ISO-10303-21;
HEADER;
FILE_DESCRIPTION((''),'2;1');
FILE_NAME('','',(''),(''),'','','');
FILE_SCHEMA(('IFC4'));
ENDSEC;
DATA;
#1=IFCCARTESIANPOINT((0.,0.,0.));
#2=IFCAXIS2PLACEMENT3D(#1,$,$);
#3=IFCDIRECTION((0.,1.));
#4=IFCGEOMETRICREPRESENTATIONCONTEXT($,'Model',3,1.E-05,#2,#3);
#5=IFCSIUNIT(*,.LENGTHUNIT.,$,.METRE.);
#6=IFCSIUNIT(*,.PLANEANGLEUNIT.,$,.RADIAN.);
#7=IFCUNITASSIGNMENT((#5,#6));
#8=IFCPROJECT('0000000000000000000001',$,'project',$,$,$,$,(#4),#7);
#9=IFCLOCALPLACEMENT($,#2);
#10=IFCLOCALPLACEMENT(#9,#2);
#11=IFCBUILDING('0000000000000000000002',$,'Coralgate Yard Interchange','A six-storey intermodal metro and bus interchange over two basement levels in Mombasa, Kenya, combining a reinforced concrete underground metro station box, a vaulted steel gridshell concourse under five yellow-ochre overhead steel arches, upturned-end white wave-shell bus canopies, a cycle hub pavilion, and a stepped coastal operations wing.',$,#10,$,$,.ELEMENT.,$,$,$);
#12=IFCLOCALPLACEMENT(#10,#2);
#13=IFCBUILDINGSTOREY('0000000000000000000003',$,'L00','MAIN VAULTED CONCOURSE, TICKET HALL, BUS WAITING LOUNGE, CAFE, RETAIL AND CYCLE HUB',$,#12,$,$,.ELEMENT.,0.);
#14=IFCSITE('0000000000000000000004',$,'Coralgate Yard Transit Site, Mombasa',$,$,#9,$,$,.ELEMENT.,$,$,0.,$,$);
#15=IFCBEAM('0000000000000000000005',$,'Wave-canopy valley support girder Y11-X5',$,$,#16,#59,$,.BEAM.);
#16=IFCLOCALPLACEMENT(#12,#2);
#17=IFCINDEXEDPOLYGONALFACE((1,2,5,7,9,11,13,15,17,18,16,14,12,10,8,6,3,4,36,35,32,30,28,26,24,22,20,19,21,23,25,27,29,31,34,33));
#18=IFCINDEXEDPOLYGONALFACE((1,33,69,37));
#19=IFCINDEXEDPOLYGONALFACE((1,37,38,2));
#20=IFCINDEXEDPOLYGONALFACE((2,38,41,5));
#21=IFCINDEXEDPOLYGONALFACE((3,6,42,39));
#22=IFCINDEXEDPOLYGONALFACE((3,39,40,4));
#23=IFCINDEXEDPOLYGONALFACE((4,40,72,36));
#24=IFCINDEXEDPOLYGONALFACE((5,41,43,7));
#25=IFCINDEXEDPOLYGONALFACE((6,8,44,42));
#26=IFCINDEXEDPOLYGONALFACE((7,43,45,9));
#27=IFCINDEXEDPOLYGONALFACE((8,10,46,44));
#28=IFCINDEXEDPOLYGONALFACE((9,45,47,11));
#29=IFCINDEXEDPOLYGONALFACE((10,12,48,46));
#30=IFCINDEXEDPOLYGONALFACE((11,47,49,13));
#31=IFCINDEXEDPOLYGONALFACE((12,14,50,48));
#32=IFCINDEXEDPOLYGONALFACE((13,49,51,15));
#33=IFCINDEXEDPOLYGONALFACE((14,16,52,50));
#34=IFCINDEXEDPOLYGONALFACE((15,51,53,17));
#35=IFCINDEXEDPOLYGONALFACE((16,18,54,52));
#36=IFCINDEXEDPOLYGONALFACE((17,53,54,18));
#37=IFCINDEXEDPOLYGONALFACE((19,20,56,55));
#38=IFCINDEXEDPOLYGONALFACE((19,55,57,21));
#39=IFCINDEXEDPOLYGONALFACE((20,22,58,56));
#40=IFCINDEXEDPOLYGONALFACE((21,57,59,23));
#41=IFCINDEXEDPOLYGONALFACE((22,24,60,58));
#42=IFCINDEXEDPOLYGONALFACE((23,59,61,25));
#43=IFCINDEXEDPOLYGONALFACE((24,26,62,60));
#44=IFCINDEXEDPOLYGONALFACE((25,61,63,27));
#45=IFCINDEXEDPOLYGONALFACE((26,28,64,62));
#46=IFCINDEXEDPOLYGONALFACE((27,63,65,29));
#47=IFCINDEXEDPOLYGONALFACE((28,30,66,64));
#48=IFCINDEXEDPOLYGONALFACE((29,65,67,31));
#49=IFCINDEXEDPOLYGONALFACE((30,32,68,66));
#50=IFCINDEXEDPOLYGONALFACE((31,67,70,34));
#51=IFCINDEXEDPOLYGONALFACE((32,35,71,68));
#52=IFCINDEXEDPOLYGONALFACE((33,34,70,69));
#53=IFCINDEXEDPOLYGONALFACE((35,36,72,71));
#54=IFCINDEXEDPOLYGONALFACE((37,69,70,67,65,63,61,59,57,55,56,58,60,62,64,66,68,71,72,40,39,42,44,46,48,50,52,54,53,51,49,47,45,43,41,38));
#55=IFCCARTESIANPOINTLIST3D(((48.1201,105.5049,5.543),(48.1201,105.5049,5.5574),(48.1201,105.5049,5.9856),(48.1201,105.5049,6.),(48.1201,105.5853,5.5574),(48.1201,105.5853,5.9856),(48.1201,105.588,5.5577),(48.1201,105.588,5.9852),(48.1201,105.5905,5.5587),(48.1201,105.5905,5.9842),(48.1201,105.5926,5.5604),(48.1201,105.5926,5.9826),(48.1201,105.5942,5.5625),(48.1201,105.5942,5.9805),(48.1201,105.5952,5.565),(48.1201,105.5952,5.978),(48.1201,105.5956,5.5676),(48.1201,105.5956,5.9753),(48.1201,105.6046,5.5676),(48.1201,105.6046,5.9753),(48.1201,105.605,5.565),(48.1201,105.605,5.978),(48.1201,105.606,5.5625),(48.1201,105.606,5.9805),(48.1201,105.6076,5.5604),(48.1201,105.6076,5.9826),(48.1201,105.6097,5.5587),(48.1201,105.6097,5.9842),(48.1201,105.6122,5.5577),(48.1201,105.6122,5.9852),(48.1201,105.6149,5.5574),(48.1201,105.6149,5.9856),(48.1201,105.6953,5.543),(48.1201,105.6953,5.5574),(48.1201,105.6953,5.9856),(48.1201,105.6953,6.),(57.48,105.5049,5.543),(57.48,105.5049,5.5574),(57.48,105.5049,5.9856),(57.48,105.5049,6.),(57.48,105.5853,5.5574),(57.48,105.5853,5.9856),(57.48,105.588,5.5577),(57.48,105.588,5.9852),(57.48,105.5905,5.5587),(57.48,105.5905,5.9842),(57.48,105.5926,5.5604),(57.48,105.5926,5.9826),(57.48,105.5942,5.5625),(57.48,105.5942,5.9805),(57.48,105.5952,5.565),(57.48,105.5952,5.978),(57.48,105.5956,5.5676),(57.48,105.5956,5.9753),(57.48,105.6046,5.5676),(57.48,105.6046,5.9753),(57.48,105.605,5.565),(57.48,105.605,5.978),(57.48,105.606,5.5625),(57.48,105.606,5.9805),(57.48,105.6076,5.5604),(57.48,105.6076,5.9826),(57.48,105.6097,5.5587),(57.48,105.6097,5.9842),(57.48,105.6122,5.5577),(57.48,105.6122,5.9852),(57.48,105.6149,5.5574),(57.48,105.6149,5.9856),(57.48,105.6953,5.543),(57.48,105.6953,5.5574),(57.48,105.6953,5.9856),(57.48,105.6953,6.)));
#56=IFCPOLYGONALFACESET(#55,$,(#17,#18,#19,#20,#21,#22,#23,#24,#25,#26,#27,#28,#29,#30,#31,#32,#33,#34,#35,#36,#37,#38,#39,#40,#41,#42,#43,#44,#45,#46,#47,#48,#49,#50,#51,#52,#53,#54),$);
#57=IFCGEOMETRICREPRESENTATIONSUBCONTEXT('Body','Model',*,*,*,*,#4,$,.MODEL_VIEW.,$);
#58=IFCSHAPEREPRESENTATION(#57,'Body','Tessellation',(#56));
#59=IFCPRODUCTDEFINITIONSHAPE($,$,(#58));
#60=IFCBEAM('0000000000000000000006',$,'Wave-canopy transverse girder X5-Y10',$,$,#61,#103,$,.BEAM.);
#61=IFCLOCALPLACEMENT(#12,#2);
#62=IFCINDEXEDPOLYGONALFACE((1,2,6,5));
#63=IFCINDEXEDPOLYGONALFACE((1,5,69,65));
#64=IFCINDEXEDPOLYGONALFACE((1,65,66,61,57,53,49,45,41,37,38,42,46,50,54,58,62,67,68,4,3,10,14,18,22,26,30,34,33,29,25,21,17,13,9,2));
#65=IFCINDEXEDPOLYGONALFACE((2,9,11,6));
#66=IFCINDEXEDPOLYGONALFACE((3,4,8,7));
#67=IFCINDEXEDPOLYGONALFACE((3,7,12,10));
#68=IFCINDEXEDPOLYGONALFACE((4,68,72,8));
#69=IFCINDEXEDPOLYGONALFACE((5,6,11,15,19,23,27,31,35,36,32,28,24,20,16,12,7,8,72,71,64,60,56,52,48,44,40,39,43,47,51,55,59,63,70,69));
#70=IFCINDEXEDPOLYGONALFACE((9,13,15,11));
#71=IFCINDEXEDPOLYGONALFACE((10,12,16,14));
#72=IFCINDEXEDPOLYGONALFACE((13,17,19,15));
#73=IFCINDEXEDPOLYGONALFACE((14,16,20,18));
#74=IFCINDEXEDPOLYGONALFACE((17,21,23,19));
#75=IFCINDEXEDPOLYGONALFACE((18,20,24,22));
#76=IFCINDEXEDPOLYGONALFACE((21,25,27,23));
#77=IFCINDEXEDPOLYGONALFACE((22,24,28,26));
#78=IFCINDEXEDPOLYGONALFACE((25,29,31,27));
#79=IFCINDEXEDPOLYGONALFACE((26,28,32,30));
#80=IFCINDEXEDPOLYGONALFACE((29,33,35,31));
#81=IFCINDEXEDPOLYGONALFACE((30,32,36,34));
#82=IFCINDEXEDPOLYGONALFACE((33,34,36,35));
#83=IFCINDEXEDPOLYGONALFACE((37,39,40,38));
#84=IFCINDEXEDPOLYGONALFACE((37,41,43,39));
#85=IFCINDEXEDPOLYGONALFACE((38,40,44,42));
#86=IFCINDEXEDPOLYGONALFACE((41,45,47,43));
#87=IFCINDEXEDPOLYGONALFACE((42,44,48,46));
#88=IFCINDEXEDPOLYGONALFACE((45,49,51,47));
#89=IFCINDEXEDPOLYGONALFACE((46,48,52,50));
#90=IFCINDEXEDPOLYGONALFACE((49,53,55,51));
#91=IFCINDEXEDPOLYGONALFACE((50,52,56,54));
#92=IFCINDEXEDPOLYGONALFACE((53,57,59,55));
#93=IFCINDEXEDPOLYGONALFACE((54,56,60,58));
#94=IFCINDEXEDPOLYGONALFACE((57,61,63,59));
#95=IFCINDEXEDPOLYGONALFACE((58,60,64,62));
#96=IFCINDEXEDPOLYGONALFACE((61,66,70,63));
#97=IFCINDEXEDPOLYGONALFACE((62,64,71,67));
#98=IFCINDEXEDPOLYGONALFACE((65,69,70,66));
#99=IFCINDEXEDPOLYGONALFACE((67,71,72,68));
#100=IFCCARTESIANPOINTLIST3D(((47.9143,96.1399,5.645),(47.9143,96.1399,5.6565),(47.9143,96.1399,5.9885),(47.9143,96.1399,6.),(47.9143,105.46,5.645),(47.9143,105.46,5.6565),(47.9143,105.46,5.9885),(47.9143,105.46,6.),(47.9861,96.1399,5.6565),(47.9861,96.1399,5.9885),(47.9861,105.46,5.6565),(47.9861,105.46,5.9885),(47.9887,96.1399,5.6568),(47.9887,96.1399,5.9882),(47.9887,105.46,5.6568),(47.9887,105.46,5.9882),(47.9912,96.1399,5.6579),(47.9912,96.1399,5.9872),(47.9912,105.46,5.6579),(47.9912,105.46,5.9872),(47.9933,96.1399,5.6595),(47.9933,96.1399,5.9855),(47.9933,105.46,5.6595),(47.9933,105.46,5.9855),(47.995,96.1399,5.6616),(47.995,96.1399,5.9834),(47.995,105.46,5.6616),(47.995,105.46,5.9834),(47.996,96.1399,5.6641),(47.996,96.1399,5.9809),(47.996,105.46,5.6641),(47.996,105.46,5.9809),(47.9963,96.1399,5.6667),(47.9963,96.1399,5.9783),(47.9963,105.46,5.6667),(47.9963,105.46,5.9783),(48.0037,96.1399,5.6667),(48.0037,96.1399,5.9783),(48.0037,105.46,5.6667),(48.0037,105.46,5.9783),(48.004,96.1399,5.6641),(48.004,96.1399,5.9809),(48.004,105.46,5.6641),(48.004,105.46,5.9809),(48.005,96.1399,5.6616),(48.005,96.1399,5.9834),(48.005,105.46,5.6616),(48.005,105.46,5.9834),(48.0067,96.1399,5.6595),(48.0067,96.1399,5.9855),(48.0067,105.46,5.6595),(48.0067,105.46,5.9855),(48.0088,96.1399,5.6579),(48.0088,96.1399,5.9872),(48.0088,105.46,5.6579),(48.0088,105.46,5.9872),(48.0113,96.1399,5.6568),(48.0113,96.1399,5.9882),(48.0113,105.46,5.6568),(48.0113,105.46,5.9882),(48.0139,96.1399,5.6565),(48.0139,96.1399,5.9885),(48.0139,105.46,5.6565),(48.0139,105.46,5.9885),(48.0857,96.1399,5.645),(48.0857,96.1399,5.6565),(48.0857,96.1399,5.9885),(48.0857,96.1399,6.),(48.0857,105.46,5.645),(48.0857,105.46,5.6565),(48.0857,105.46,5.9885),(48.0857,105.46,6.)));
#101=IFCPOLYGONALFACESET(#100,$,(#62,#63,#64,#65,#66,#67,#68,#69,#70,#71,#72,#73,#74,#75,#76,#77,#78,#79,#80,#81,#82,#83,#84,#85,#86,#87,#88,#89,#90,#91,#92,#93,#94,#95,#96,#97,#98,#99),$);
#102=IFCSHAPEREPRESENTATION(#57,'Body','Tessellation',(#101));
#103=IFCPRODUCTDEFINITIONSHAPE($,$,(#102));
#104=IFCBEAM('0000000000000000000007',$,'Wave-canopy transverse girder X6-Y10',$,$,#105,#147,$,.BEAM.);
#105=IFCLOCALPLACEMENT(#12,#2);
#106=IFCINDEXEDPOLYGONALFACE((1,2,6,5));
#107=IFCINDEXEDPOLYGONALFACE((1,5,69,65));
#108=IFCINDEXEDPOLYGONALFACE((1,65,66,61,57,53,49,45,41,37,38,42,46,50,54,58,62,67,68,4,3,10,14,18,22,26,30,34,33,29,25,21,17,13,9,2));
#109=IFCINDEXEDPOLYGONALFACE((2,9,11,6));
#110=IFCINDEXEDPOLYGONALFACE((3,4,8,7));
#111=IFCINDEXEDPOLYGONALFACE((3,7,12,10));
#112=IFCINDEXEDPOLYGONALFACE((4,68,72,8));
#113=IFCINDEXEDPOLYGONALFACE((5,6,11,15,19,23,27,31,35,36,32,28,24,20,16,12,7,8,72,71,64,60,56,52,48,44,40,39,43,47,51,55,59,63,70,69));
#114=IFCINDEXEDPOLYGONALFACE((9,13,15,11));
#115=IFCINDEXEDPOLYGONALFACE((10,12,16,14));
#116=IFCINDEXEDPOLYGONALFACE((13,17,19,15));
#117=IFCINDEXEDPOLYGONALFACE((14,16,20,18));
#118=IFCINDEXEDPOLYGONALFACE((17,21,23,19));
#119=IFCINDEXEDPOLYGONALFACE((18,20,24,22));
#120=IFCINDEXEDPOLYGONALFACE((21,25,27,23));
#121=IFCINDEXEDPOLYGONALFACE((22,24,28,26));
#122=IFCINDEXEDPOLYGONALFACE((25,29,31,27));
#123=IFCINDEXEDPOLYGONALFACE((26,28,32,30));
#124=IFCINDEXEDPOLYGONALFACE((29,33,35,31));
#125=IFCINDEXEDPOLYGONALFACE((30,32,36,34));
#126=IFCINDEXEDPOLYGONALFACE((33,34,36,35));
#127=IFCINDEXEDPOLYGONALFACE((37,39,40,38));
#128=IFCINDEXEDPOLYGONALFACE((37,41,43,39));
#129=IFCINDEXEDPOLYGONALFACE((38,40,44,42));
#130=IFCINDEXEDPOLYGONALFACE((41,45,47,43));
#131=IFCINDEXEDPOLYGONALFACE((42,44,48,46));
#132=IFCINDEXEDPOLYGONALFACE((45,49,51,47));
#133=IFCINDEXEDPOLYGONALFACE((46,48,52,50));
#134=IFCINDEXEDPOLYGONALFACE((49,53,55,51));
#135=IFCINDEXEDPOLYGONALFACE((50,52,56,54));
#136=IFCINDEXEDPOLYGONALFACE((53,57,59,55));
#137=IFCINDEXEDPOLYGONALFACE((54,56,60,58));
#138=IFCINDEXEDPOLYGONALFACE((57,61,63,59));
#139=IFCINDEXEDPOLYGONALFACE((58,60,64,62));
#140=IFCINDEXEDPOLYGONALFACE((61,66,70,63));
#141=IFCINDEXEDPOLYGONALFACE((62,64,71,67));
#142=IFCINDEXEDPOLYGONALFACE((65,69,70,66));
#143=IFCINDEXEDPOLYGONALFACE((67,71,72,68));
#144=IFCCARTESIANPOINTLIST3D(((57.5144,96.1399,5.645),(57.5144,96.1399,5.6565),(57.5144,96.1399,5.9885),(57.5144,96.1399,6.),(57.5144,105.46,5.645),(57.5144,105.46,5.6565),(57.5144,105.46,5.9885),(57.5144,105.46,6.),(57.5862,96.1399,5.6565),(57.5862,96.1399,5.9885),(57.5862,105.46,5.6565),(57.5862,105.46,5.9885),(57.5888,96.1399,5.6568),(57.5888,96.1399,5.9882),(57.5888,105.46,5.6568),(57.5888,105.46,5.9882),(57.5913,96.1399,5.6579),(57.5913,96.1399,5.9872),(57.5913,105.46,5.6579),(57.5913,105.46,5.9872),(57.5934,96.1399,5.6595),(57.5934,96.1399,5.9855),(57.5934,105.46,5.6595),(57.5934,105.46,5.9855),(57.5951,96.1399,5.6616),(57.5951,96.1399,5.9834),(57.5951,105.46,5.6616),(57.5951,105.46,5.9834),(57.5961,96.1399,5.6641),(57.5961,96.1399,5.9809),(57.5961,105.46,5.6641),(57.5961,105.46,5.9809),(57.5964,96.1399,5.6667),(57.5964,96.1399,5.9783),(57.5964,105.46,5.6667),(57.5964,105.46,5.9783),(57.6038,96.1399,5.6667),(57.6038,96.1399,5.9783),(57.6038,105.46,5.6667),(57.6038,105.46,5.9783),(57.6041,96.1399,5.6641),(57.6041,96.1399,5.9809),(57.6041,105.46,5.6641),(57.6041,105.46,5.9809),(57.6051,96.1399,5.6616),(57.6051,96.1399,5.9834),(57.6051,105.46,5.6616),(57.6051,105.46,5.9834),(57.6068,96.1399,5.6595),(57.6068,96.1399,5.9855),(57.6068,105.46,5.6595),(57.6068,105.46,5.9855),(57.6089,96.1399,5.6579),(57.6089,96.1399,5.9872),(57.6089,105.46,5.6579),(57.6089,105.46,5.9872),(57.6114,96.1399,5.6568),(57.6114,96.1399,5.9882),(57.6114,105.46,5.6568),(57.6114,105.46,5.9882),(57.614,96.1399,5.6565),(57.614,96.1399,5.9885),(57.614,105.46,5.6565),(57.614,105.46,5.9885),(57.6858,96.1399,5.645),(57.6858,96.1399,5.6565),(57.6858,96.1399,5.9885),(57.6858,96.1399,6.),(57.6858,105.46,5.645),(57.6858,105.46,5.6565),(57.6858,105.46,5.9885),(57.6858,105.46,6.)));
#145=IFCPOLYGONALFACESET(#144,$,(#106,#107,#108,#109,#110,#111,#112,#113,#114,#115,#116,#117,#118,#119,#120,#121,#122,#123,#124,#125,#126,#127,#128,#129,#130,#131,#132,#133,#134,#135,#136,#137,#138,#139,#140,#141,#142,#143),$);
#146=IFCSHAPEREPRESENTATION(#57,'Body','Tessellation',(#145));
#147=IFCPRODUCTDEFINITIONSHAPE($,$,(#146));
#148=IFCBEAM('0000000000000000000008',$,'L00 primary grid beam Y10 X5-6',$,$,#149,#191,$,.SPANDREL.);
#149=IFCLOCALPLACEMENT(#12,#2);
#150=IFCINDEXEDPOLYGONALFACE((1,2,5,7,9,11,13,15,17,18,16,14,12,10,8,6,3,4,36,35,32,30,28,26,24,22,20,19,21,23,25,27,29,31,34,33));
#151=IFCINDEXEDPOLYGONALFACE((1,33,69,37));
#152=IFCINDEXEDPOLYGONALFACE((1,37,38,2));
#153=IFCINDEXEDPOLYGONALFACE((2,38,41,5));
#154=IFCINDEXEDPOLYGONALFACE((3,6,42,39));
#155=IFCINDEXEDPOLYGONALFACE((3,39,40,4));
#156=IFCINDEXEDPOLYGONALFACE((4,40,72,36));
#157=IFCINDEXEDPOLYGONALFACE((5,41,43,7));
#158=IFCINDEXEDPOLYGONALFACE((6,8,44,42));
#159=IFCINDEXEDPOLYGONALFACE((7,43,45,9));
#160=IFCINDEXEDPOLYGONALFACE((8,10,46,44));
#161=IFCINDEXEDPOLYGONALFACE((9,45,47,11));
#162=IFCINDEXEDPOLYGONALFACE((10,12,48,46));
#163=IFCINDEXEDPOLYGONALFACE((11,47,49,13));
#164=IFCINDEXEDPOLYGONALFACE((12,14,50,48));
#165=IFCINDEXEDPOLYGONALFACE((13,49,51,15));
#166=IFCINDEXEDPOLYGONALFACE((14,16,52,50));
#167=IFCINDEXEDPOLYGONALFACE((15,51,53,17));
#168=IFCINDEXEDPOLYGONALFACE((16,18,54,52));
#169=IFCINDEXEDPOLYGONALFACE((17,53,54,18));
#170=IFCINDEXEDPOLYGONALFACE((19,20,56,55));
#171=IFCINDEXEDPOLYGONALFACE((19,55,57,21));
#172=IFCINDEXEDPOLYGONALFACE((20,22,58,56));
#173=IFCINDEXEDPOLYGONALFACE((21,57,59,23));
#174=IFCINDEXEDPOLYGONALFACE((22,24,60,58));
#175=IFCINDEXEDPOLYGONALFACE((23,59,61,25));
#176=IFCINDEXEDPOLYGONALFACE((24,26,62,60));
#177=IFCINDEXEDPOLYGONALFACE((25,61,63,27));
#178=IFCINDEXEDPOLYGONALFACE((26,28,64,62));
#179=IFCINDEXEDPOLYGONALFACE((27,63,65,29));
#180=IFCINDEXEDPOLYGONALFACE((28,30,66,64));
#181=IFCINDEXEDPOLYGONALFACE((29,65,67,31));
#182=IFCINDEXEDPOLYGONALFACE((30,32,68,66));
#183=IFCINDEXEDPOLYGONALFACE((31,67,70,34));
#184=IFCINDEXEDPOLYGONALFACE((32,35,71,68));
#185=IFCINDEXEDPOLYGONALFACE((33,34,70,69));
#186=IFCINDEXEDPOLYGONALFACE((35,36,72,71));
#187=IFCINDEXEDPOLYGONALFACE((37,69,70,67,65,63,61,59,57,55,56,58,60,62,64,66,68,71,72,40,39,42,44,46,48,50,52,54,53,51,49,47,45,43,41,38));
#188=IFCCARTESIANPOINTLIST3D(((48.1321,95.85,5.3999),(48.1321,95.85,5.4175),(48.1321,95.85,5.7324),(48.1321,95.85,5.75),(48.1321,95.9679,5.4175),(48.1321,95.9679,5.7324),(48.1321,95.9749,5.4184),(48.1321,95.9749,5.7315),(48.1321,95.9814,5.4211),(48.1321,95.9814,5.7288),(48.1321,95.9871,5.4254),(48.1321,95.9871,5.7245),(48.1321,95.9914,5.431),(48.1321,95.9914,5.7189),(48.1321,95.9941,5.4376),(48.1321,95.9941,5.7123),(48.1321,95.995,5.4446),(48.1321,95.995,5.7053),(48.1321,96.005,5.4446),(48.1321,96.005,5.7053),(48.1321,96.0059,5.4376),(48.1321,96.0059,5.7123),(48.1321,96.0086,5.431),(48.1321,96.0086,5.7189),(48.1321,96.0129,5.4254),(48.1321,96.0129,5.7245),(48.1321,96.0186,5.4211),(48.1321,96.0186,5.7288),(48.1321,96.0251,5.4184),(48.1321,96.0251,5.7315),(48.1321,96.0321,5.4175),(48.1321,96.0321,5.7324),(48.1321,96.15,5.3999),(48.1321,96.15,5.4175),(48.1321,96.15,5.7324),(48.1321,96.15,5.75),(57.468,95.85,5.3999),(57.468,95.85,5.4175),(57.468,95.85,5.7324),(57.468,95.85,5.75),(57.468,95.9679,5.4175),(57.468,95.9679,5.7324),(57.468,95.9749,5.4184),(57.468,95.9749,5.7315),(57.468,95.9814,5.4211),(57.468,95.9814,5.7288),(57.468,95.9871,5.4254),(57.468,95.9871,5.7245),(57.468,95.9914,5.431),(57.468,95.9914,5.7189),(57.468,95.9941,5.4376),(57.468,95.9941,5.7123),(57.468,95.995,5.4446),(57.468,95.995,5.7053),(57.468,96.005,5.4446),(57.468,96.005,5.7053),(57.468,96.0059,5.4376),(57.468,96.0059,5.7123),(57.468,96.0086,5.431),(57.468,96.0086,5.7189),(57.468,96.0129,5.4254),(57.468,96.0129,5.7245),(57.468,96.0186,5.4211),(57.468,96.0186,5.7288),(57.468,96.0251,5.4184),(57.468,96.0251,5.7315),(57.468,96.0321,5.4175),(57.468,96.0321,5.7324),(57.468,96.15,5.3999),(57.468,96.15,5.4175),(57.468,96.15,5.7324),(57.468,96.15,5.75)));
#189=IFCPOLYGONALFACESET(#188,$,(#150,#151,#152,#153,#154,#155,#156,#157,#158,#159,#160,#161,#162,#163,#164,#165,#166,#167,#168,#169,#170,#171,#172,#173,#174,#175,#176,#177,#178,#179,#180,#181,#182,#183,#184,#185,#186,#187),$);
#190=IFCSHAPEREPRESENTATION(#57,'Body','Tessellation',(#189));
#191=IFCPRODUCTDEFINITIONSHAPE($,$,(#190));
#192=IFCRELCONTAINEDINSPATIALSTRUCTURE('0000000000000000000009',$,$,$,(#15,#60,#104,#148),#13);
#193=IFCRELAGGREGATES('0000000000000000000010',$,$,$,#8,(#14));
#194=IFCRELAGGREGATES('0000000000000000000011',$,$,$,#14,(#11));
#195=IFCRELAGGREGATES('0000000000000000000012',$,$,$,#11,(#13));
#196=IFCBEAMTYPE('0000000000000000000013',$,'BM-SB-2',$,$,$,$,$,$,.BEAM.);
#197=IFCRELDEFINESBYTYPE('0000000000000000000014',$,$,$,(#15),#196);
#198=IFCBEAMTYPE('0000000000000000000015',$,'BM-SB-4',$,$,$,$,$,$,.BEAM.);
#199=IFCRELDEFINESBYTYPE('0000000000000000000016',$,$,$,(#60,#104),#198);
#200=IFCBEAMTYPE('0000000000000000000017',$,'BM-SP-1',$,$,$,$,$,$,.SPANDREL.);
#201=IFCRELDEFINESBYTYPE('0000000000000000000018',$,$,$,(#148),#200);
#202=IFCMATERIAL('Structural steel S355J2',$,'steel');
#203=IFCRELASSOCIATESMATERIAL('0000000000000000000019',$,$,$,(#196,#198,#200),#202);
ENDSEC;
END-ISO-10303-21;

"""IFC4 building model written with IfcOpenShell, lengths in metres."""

from ifc_helpers import new_model, si_unit, direction, frame, origin, origin_2d, place, context, subcontext, project, spatial, i_section, extrude, material, material_profile, profile_set, type_object, element, save


model = new_model("IFC4")

# Units and contexts
model_context = context("Model", 3, precision=1e-05, world=origin(), true_north=direction((0.0, 1.0)))
body_context = subcontext(model_context, "Body", "Model", "MODEL_VIEW")
ifc_project = project(units=[si_unit("LENGTHUNIT", "METRE"), si_unit("PLANEANGLEUNIT", "RADIAN")], contexts=[model_context])

# Site, building, storey
site_placement = place(None, origin())
site = spatial("IfcSite", under=ifc_project, at=site_placement, Name="Coralgate Yard Transit Site, Mombasa", CompositionType="ELEMENT", RefElevation=0.0)
building_placement = place(site_placement, origin())
building = spatial("IfcBuilding", under=site, at=building_placement, Name="Coralgate Yard Interchange", Description="A six-storey intermodal metro and bus interchange over two basement levels in Mombasa, Kenya, combining a reinforced concrete underground metro station box, a vaulted steel gridshell concourse under five yellow-ochre overhead steel arches, upturned-end white wave-shell bus canopies, a cycle hub pavilion, and a stepped coastal operations wing.", CompositionType="ELEMENT")
storey_placement = place(building_placement, origin())
storey = spatial("IfcBuildingStorey", under=building, at=storey_placement, Name="L00", Description="MAIN VAULTED CONCOURSE, TICKET HALL, BUS WAITING LOUNGE, CAFE, RETAIL AND CYCLE HUB", CompositionType="ELEMENT", Elevation=0.0)

# Shared definitions
ifc_material_1 = material(Name="Structural steel S355J2", Category="steel")

# Beams
ifc_material_profile_1 = material_profile(ifc_material_1, i_section(OverallWidth=0.1904, OverallDepth=0.457, WebThickness=0.009, FlangeThickness=0.0144, FilletRadius=0.0103, at=origin_2d()), Name="UB 457x191x74")
ifc_profile_set_1 = profile_set([ifc_material_profile_1], Name="Structural steel S355J2")
beam_type_1 = type_object("IfcBeamType", Name="BM-SB-2", PredefinedType="BEAM", material=ifc_profile_set_1)
beam_1_placement = place(storey_placement, frame((48.1201, 105.6001, 5.7715), z_axis=(1.0, 0.0, 0.0), x_axis=(0.0, 1.0, 0.0)))
element("IfcBeam", 1, at=beam_1_placement, inside=storey, type_object=beam_type_1, Name="Wave-canopy valley support girder Y11-X5", PredefinedType="BEAM", context=body_context, shape_type="SweptSolid", body=[
    extrude(i_section(OverallWidth=0.1904, OverallDepth=0.457, WebThickness=0.009, FlangeThickness=0.0144, FilletRadius=0.0103, at=origin_2d()), origin(), (0.0, 0.0, 1.0), 9.3599),
])
ifc_material_profile_2 = material_profile(ifc_material_1, i_section(OverallWidth=0.1714, OverallDepth=0.355, WebThickness=0.0073, FlangeThickness=0.0115, FilletRadius=0.0103, at=origin_2d()), Name="UB 356x171x51")
ifc_profile_set_2 = profile_set([ifc_material_profile_2], Name="Structural steel S355J2")
beam_type_2 = type_object("IfcBeamType", Name="BM-SB-4", PredefinedType="BEAM", material=ifc_profile_set_2)
for number, where, z_axis, x_axis, name in (
    (2, (48.0, 96.1399, 5.8225), (0.0, 1.0, 0.0), (-1.0, 0.0, 0.0), "Wave-canopy transverse girder X5-Y10"),
    (3, (57.6001, 96.1399, 5.8225), (0.0, 1.0, 0.0), (-1.0, 0.0, 0.0), "Wave-canopy transverse girder X6-Y10"),
):
    element("IfcBeam", number, at=place(storey_placement, frame(where, z_axis=z_axis, x_axis=x_axis)), inside=storey, type_object=beam_type_2, Name=name, PredefinedType="BEAM", context=body_context, shape_type="SweptSolid", body=[
        extrude(i_section(OverallWidth=0.1714, OverallDepth=0.355, WebThickness=0.0073, FlangeThickness=0.0115, FilletRadius=0.0103, at=origin_2d()), origin(), (0.0, 0.0, 1.0), 9.3201),
    ])
ifc_material_profile_3 = material_profile(ifc_material_1, i_section(OverallWidth=0.3, OverallDepth=0.3501, WebThickness=0.01, FlangeThickness=0.0176, FilletRadius=0.0271, at=origin_2d()), Name="HEA 360")
ifc_profile_set_3 = profile_set([ifc_material_profile_3], Name="Structural steel S355J2")
beam_type_3 = type_object("IfcBeamType", Name="BM-SP-1", PredefinedType="SPANDREL", material=ifc_profile_set_3)
beam_2_placement = place(storey_placement, frame((48.1321, 96.0, 5.575), z_axis=(1.0, 0.0, 0.0), x_axis=(0.0, 1.0, 0.0)))
element("IfcBeam", 4, at=beam_2_placement, inside=storey, type_object=beam_type_3, Name="L00 primary grid beam Y10 X5-6", PredefinedType="SPANDREL", context=body_context, shape_type="SweptSolid", body=[
    extrude(i_section(OverallWidth=0.3, OverallDepth=0.3501, WebThickness=0.01, FlangeThickness=0.0176, FilletRadius=0.0271, at=origin_2d()), origin(), (0.0, 0.0, 1.0), 9.3359),
])

save(model, "model.ifc")
